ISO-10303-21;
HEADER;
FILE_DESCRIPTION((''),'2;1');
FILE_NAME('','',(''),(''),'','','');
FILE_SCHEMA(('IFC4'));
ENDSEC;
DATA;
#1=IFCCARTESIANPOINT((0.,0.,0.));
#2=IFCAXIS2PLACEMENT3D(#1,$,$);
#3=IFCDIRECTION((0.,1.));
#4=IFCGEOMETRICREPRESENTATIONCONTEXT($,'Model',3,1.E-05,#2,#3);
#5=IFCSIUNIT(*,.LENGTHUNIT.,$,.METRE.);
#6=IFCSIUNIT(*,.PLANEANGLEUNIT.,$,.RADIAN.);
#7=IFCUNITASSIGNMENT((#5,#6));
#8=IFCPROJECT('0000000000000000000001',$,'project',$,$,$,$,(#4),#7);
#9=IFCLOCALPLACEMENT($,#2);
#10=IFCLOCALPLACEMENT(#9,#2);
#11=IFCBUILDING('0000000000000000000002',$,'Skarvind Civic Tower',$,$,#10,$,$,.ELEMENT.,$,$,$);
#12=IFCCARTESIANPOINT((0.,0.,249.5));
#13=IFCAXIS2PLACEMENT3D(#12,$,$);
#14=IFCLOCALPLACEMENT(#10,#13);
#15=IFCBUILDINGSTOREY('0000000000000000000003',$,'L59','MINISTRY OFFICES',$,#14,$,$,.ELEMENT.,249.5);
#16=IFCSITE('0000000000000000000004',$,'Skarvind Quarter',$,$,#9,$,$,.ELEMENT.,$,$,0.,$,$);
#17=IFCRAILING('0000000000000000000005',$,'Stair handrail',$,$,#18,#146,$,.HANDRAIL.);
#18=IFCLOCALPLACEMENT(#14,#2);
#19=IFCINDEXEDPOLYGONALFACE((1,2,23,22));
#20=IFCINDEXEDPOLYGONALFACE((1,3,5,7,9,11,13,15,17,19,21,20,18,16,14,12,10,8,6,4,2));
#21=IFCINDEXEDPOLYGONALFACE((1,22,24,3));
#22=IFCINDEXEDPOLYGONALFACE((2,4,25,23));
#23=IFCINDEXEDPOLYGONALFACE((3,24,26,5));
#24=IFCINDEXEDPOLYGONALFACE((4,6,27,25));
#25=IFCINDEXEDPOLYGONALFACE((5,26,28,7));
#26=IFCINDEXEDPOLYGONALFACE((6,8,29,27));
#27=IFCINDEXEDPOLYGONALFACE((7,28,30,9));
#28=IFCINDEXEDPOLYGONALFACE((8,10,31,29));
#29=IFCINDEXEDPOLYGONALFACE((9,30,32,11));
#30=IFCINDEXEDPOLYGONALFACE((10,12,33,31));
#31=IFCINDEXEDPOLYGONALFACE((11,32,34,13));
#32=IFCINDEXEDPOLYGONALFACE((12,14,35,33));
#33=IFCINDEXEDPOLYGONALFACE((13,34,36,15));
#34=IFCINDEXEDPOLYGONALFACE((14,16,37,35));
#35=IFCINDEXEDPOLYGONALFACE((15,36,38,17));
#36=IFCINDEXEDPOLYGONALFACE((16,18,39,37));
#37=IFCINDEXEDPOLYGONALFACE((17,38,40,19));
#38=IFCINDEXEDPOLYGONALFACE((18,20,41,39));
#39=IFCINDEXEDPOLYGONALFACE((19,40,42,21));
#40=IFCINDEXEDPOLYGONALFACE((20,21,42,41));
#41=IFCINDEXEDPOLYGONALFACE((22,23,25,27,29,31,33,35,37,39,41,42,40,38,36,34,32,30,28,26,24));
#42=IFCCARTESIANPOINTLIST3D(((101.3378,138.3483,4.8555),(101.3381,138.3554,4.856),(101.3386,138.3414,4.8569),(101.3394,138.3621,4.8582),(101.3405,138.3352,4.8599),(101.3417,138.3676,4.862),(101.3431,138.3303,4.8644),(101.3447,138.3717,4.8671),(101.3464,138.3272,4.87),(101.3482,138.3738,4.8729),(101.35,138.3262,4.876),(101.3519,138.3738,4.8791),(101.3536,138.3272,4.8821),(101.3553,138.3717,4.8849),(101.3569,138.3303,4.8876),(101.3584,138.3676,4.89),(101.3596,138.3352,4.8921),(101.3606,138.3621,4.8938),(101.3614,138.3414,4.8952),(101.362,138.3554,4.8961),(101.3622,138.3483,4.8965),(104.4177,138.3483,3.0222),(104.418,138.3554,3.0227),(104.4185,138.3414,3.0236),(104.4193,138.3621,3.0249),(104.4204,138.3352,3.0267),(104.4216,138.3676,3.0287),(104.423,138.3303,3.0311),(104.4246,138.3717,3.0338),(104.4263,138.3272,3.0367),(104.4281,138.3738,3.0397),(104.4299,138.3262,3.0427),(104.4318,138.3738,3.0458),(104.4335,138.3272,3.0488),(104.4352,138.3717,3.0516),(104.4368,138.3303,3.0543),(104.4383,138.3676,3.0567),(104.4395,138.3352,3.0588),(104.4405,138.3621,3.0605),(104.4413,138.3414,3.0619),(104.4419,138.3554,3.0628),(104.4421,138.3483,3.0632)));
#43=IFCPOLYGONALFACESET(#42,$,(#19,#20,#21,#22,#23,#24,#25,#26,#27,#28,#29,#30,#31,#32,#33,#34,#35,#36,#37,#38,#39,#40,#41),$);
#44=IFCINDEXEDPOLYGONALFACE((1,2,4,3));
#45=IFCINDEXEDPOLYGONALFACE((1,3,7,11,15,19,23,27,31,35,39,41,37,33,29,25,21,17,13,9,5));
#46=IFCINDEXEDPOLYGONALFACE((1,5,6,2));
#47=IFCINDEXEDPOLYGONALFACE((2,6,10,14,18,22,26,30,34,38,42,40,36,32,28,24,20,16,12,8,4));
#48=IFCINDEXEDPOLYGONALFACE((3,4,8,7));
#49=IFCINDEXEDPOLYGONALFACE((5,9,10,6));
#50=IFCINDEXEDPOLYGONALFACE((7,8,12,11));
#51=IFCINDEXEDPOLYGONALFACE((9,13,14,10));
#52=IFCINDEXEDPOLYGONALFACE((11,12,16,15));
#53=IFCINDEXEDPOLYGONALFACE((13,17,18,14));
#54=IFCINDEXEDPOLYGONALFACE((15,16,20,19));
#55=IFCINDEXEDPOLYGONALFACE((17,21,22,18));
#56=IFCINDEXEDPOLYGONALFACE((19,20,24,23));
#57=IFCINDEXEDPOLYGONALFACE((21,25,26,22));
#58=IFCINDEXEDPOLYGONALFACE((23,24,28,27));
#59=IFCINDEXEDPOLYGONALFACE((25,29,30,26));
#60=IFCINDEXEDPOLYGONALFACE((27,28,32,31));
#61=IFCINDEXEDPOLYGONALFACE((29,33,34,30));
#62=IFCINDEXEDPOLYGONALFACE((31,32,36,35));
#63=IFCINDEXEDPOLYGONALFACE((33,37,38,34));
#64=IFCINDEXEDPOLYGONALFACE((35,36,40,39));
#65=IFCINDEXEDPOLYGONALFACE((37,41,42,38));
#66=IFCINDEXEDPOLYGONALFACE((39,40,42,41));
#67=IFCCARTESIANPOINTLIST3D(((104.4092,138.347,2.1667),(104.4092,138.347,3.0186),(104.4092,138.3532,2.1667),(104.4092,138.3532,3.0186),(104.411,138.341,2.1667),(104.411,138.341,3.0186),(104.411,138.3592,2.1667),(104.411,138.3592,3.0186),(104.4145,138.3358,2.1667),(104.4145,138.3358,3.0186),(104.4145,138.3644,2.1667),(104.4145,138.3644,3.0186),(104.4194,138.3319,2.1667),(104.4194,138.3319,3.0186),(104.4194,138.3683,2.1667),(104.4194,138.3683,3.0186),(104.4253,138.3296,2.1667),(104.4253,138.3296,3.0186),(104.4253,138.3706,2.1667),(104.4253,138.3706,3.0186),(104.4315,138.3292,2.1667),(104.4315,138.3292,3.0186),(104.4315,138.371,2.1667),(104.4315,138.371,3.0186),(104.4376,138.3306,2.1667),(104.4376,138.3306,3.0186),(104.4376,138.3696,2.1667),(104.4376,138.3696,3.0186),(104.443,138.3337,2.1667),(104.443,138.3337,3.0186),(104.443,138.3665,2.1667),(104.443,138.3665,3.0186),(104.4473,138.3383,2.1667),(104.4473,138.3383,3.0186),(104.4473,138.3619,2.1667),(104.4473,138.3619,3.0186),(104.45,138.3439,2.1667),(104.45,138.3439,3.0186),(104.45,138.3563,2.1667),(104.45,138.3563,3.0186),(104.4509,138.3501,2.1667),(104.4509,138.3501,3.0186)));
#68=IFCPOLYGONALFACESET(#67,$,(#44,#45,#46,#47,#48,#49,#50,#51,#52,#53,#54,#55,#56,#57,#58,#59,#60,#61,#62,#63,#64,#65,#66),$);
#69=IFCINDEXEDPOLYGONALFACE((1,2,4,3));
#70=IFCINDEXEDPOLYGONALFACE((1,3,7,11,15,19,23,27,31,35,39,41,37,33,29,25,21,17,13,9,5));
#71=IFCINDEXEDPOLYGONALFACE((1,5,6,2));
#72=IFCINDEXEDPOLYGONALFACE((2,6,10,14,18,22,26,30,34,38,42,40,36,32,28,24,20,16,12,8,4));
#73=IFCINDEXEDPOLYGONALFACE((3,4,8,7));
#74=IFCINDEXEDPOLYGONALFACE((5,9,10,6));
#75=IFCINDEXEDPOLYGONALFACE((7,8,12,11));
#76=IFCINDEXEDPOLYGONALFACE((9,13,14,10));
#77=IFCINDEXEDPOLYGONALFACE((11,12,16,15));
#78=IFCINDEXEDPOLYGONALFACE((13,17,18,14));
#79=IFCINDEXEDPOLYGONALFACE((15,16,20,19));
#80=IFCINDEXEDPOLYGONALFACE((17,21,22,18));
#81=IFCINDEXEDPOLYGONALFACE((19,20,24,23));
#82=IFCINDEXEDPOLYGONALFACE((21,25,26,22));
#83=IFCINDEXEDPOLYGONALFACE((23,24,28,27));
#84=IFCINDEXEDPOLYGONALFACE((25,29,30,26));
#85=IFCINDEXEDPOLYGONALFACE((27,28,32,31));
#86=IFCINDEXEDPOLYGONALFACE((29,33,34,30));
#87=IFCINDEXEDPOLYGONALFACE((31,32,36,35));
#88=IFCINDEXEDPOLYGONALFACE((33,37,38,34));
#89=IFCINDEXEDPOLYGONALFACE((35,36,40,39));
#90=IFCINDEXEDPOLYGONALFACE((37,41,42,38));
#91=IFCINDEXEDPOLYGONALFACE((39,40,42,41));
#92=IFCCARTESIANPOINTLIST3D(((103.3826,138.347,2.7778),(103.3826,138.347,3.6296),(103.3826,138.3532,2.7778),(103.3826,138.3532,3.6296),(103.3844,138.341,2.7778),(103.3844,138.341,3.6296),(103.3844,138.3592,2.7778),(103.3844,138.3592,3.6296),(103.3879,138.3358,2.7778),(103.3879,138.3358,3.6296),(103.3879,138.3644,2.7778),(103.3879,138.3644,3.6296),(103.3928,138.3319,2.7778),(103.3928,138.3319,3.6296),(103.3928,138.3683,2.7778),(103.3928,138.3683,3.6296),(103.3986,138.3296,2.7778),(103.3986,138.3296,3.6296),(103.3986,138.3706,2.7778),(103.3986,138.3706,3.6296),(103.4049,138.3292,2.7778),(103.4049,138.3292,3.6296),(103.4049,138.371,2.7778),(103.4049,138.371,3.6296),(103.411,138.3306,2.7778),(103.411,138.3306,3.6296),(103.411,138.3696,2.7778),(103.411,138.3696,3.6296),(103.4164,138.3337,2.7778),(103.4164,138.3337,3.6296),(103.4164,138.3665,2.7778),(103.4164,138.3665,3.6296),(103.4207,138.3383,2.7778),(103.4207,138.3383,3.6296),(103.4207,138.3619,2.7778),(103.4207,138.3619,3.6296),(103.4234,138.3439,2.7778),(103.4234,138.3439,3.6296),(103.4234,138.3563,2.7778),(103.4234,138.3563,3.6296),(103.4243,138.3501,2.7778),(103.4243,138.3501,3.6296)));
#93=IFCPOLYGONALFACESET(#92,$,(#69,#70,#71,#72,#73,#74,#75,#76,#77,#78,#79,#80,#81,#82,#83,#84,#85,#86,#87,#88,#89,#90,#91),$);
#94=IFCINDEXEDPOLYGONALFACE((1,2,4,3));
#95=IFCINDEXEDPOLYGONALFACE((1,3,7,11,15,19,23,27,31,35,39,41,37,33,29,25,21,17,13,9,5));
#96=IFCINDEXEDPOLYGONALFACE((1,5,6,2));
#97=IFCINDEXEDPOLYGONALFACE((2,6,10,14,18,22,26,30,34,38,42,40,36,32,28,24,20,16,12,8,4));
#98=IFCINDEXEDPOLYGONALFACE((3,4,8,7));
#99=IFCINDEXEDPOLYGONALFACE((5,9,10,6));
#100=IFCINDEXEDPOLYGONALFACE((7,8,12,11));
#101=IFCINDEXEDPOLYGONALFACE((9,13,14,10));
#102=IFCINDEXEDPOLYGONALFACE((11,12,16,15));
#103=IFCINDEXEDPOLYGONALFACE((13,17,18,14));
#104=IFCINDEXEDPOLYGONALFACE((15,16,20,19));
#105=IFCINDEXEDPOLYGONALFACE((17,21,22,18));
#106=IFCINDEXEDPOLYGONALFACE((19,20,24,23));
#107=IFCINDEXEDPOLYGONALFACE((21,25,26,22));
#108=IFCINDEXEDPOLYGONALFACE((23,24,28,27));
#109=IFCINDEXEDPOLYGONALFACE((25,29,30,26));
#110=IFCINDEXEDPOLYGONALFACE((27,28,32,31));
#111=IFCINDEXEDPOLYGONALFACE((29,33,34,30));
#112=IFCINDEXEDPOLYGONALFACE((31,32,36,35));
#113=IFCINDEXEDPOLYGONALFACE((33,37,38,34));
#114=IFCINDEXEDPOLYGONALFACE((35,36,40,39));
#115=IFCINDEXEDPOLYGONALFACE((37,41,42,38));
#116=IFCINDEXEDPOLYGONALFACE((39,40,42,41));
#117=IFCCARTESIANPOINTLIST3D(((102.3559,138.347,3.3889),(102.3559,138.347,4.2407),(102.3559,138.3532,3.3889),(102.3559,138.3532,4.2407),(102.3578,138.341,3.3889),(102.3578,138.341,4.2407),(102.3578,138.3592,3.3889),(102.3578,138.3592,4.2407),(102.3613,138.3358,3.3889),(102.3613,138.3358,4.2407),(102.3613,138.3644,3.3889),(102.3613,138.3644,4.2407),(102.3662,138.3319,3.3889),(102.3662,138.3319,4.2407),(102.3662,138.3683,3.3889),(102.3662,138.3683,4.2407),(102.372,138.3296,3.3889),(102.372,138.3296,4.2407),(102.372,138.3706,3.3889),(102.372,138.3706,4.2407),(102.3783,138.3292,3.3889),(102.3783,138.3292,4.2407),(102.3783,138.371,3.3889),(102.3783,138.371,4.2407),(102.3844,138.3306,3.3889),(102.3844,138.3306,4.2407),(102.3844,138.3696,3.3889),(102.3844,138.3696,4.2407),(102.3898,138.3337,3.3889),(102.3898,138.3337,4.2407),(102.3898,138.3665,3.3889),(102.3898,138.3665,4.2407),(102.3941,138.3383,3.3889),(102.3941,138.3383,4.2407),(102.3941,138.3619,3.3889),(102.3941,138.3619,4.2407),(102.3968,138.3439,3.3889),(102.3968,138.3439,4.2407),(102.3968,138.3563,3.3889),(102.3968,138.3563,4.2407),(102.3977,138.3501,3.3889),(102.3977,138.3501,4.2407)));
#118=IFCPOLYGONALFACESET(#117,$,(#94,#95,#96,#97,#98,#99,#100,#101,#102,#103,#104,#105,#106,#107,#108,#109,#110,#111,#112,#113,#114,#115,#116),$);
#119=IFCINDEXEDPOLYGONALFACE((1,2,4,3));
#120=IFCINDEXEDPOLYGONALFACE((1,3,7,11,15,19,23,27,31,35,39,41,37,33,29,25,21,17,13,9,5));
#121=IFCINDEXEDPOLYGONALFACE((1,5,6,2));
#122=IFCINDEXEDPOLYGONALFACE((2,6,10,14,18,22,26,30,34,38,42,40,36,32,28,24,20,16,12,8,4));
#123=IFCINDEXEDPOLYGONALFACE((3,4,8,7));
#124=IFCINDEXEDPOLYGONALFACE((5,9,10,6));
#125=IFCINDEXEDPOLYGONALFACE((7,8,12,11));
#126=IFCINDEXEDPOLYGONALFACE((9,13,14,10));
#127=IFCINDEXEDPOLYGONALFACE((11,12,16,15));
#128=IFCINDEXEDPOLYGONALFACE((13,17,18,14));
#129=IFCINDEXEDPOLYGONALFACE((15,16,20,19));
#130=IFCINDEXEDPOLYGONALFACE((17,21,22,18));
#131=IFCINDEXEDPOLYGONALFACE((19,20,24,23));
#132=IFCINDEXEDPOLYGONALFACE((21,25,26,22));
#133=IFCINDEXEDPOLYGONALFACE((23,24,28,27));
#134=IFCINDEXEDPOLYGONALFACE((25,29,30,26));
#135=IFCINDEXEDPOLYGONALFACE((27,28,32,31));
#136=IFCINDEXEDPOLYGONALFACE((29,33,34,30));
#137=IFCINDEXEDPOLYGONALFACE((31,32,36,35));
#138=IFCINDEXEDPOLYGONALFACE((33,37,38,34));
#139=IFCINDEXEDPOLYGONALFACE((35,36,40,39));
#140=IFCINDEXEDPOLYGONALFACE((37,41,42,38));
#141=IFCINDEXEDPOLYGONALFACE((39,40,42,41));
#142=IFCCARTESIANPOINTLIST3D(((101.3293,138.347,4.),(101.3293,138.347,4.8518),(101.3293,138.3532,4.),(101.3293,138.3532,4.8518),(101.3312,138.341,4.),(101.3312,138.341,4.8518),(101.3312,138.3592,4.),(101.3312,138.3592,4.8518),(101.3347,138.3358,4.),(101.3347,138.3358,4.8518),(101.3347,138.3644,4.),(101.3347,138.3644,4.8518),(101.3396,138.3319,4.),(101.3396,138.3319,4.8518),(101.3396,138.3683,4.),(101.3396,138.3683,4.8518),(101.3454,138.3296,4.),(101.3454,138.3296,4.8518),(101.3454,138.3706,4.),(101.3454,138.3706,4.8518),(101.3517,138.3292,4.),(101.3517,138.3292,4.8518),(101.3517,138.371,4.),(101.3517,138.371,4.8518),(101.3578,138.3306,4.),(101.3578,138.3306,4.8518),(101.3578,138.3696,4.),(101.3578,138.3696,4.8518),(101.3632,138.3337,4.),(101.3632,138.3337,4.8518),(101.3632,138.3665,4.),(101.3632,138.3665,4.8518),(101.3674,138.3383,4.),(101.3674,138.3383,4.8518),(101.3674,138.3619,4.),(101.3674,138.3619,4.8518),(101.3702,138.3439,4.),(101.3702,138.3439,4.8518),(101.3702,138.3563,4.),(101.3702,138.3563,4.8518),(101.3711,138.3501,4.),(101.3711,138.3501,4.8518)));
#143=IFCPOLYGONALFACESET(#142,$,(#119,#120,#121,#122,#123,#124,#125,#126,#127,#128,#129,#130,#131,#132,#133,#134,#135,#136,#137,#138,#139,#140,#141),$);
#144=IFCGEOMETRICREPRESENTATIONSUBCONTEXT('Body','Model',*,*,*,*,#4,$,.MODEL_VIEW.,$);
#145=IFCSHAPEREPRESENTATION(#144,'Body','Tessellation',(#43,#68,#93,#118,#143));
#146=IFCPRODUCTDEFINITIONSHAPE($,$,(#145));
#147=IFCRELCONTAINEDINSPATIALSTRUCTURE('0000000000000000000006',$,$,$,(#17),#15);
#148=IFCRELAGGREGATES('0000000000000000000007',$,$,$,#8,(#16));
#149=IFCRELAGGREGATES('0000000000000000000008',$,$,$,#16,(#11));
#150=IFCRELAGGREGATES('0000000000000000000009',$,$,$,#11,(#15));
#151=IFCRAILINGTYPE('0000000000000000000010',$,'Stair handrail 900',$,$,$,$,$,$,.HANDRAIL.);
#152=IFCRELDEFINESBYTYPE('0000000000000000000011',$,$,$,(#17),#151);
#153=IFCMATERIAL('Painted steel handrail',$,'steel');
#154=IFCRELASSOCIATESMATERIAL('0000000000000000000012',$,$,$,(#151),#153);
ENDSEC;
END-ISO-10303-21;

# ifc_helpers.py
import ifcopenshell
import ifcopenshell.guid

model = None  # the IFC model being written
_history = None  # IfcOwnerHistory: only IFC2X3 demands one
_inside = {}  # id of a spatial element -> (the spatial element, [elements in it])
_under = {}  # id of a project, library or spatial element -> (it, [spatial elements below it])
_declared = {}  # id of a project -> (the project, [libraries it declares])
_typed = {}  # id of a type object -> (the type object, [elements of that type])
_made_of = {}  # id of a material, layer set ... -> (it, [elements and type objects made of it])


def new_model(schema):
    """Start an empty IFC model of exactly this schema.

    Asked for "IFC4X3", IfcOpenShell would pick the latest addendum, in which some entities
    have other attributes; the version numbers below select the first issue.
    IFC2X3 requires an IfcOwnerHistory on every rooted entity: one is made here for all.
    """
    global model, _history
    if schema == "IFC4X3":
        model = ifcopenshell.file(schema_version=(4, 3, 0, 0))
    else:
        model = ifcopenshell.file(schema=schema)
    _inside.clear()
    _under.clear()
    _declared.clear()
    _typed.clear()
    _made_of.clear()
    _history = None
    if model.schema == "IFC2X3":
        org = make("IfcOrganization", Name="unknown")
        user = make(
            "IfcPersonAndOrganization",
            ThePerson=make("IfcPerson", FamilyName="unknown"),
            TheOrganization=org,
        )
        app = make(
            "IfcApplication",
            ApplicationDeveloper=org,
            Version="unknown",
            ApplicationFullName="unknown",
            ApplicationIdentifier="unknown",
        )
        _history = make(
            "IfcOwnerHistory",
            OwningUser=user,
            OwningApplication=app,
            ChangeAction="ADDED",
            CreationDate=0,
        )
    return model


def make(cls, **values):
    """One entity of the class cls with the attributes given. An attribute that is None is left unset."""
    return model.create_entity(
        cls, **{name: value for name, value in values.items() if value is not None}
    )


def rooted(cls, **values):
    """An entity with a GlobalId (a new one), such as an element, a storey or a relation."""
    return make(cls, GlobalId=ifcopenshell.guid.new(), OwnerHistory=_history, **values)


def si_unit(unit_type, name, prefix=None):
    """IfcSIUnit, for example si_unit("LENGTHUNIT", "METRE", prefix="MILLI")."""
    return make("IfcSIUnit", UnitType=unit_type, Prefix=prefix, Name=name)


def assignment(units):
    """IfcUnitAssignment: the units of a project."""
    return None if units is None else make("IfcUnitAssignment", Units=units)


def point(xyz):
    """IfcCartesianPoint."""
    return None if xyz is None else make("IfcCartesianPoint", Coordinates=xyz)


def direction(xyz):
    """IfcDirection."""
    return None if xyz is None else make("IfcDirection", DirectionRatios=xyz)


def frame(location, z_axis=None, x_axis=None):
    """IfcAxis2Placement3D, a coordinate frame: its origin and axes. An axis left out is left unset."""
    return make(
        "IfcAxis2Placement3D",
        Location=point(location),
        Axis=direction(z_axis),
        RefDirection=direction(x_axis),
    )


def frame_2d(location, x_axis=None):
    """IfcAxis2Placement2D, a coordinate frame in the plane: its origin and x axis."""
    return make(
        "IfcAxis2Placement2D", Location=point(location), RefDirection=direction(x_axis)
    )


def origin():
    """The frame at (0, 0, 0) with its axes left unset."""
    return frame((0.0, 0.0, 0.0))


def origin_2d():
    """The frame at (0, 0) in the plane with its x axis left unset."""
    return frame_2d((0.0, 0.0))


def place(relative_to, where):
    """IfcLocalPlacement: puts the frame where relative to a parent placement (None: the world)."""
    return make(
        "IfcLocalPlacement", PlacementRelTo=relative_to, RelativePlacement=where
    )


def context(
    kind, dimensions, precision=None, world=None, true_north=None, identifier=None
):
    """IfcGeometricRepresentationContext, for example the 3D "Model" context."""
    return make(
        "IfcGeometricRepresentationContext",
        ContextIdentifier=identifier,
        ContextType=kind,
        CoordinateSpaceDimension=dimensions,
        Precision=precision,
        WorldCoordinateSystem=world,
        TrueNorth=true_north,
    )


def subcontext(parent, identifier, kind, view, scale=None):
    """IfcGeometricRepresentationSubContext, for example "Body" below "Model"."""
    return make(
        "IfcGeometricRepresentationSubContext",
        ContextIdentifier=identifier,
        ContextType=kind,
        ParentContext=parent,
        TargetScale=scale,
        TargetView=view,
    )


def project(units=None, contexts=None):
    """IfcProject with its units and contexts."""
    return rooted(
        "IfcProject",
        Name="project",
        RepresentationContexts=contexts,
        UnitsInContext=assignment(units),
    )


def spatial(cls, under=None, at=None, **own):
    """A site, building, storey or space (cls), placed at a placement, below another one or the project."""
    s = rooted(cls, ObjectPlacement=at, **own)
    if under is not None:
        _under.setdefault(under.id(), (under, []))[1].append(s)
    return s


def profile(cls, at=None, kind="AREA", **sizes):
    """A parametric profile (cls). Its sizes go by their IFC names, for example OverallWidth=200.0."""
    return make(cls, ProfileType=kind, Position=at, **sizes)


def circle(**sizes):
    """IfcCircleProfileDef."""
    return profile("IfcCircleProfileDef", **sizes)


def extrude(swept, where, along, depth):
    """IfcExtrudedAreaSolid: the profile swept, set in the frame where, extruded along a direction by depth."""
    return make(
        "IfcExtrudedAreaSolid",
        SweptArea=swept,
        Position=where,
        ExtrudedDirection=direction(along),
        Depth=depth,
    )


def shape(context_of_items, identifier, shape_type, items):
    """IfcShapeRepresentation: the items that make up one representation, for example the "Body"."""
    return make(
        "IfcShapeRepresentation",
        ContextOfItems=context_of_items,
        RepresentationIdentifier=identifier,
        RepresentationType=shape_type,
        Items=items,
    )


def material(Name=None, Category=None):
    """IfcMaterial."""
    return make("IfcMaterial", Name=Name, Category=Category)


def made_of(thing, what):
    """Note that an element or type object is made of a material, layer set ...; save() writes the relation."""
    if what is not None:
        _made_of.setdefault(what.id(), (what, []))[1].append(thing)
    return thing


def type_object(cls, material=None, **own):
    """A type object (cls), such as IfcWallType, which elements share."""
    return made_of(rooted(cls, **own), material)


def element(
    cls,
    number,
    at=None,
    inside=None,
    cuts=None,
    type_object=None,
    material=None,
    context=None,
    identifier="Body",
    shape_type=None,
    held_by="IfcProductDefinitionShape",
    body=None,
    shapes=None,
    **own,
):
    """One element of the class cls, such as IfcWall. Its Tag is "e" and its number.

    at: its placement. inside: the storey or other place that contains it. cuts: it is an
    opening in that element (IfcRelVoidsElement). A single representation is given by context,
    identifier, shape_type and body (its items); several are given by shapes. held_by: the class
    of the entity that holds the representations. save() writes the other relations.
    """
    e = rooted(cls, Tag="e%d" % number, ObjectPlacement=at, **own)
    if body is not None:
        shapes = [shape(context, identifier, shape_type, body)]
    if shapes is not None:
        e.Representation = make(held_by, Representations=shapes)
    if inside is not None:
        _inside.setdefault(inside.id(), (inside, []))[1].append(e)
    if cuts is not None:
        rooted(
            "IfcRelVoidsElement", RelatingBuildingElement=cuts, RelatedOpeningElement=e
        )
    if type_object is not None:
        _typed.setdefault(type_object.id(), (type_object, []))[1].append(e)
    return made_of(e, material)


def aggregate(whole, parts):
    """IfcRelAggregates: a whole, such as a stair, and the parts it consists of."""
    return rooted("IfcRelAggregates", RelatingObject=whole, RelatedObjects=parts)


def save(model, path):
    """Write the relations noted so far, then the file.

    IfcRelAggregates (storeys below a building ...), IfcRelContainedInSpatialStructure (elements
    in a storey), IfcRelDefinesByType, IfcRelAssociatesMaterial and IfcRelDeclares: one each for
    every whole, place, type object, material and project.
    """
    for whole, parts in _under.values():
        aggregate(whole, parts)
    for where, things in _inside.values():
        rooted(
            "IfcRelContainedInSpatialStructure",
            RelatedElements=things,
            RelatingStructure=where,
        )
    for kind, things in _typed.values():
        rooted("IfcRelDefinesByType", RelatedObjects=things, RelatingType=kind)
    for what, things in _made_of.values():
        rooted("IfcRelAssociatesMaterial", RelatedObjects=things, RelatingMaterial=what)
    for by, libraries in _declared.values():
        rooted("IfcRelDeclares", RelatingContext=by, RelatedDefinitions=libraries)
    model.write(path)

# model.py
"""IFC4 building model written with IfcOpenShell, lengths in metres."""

from ifc_helpers import new_model, si_unit, direction, frame, origin, origin_2d, place, context, subcontext, project, spatial, circle, extrude, material, type_object, element, save


model = new_model("IFC4")

# Units and contexts
model_context = context("Model", 3, precision=1e-05, world=origin(), true_north=direction((0.0, 1.0)))
body_context = subcontext(model_context, "Body", "Model", "MODEL_VIEW")
ifc_project = project(units=[si_unit("LENGTHUNIT", "METRE"), si_unit("PLANEANGLEUNIT", "RADIAN")], contexts=[model_context])

# Site, building, storey
site_placement = place(None, origin())
site = spatial("IfcSite", under=ifc_project, at=site_placement, Name="Skarvind Quarter", CompositionType="ELEMENT", RefElevation=0.0)
building_placement = place(site_placement, origin())
building = spatial("IfcBuilding", under=site, at=building_placement, Name="Skarvind Civic Tower", CompositionType="ELEMENT")
storey_placement = place(building_placement, frame((0.0, 0.0, 249.5)))
storey = spatial("IfcBuildingStorey", under=building, at=storey_placement, Name="L59", Description="MINISTRY OFFICES", CompositionType="ELEMENT", Elevation=249.5)

# Railing
ifc_material_1 = material(Name="Painted steel handrail", Category="steel")
railing_type = type_object("IfcRailingType", Name="Stair handrail 900", PredefinedType="HANDRAIL", material=ifc_material_1)
railing_1_placement = place(storey_placement, frame((104.4299, 138.3501, 2.1667)))
element("IfcRailing", 1, at=railing_1_placement, inside=storey, type_object=railing_type, Name="Stair handrail", PredefinedType="HANDRAIL", context=body_context, shape_type="SweptSolid", body=[
    extrude(circle(Radius=0.0239, at=origin_2d()), frame((0.0, 0.0, 0.876), z_axis=(-0.859291, 0.0, 0.511487), x_axis=(0.0, -1.0, 0.0)), (0.0, 0.0, 1.0), 3.5842),
    extrude(circle(Radius=0.021, at=origin_2d()), origin(), (0.0, 0.0, 1.0), 0.8518),
    extrude(circle(Radius=0.021, at=origin_2d()), frame((-1.0266, 0.0, 0.6111)), (0.0, 0.0, 1.0), 0.8518),
    extrude(circle(Radius=0.021, at=origin_2d()), frame((-2.0532, 0.0, 1.2222)), (0.0, 0.0, 1.0), 0.8518),
    extrude(circle(Radius=0.021, at=origin_2d()), frame((-3.0798, 0.0, 1.8333)), (0.0, 0.0, 1.0), 0.8518),
])

save(model, "model.ifc")
